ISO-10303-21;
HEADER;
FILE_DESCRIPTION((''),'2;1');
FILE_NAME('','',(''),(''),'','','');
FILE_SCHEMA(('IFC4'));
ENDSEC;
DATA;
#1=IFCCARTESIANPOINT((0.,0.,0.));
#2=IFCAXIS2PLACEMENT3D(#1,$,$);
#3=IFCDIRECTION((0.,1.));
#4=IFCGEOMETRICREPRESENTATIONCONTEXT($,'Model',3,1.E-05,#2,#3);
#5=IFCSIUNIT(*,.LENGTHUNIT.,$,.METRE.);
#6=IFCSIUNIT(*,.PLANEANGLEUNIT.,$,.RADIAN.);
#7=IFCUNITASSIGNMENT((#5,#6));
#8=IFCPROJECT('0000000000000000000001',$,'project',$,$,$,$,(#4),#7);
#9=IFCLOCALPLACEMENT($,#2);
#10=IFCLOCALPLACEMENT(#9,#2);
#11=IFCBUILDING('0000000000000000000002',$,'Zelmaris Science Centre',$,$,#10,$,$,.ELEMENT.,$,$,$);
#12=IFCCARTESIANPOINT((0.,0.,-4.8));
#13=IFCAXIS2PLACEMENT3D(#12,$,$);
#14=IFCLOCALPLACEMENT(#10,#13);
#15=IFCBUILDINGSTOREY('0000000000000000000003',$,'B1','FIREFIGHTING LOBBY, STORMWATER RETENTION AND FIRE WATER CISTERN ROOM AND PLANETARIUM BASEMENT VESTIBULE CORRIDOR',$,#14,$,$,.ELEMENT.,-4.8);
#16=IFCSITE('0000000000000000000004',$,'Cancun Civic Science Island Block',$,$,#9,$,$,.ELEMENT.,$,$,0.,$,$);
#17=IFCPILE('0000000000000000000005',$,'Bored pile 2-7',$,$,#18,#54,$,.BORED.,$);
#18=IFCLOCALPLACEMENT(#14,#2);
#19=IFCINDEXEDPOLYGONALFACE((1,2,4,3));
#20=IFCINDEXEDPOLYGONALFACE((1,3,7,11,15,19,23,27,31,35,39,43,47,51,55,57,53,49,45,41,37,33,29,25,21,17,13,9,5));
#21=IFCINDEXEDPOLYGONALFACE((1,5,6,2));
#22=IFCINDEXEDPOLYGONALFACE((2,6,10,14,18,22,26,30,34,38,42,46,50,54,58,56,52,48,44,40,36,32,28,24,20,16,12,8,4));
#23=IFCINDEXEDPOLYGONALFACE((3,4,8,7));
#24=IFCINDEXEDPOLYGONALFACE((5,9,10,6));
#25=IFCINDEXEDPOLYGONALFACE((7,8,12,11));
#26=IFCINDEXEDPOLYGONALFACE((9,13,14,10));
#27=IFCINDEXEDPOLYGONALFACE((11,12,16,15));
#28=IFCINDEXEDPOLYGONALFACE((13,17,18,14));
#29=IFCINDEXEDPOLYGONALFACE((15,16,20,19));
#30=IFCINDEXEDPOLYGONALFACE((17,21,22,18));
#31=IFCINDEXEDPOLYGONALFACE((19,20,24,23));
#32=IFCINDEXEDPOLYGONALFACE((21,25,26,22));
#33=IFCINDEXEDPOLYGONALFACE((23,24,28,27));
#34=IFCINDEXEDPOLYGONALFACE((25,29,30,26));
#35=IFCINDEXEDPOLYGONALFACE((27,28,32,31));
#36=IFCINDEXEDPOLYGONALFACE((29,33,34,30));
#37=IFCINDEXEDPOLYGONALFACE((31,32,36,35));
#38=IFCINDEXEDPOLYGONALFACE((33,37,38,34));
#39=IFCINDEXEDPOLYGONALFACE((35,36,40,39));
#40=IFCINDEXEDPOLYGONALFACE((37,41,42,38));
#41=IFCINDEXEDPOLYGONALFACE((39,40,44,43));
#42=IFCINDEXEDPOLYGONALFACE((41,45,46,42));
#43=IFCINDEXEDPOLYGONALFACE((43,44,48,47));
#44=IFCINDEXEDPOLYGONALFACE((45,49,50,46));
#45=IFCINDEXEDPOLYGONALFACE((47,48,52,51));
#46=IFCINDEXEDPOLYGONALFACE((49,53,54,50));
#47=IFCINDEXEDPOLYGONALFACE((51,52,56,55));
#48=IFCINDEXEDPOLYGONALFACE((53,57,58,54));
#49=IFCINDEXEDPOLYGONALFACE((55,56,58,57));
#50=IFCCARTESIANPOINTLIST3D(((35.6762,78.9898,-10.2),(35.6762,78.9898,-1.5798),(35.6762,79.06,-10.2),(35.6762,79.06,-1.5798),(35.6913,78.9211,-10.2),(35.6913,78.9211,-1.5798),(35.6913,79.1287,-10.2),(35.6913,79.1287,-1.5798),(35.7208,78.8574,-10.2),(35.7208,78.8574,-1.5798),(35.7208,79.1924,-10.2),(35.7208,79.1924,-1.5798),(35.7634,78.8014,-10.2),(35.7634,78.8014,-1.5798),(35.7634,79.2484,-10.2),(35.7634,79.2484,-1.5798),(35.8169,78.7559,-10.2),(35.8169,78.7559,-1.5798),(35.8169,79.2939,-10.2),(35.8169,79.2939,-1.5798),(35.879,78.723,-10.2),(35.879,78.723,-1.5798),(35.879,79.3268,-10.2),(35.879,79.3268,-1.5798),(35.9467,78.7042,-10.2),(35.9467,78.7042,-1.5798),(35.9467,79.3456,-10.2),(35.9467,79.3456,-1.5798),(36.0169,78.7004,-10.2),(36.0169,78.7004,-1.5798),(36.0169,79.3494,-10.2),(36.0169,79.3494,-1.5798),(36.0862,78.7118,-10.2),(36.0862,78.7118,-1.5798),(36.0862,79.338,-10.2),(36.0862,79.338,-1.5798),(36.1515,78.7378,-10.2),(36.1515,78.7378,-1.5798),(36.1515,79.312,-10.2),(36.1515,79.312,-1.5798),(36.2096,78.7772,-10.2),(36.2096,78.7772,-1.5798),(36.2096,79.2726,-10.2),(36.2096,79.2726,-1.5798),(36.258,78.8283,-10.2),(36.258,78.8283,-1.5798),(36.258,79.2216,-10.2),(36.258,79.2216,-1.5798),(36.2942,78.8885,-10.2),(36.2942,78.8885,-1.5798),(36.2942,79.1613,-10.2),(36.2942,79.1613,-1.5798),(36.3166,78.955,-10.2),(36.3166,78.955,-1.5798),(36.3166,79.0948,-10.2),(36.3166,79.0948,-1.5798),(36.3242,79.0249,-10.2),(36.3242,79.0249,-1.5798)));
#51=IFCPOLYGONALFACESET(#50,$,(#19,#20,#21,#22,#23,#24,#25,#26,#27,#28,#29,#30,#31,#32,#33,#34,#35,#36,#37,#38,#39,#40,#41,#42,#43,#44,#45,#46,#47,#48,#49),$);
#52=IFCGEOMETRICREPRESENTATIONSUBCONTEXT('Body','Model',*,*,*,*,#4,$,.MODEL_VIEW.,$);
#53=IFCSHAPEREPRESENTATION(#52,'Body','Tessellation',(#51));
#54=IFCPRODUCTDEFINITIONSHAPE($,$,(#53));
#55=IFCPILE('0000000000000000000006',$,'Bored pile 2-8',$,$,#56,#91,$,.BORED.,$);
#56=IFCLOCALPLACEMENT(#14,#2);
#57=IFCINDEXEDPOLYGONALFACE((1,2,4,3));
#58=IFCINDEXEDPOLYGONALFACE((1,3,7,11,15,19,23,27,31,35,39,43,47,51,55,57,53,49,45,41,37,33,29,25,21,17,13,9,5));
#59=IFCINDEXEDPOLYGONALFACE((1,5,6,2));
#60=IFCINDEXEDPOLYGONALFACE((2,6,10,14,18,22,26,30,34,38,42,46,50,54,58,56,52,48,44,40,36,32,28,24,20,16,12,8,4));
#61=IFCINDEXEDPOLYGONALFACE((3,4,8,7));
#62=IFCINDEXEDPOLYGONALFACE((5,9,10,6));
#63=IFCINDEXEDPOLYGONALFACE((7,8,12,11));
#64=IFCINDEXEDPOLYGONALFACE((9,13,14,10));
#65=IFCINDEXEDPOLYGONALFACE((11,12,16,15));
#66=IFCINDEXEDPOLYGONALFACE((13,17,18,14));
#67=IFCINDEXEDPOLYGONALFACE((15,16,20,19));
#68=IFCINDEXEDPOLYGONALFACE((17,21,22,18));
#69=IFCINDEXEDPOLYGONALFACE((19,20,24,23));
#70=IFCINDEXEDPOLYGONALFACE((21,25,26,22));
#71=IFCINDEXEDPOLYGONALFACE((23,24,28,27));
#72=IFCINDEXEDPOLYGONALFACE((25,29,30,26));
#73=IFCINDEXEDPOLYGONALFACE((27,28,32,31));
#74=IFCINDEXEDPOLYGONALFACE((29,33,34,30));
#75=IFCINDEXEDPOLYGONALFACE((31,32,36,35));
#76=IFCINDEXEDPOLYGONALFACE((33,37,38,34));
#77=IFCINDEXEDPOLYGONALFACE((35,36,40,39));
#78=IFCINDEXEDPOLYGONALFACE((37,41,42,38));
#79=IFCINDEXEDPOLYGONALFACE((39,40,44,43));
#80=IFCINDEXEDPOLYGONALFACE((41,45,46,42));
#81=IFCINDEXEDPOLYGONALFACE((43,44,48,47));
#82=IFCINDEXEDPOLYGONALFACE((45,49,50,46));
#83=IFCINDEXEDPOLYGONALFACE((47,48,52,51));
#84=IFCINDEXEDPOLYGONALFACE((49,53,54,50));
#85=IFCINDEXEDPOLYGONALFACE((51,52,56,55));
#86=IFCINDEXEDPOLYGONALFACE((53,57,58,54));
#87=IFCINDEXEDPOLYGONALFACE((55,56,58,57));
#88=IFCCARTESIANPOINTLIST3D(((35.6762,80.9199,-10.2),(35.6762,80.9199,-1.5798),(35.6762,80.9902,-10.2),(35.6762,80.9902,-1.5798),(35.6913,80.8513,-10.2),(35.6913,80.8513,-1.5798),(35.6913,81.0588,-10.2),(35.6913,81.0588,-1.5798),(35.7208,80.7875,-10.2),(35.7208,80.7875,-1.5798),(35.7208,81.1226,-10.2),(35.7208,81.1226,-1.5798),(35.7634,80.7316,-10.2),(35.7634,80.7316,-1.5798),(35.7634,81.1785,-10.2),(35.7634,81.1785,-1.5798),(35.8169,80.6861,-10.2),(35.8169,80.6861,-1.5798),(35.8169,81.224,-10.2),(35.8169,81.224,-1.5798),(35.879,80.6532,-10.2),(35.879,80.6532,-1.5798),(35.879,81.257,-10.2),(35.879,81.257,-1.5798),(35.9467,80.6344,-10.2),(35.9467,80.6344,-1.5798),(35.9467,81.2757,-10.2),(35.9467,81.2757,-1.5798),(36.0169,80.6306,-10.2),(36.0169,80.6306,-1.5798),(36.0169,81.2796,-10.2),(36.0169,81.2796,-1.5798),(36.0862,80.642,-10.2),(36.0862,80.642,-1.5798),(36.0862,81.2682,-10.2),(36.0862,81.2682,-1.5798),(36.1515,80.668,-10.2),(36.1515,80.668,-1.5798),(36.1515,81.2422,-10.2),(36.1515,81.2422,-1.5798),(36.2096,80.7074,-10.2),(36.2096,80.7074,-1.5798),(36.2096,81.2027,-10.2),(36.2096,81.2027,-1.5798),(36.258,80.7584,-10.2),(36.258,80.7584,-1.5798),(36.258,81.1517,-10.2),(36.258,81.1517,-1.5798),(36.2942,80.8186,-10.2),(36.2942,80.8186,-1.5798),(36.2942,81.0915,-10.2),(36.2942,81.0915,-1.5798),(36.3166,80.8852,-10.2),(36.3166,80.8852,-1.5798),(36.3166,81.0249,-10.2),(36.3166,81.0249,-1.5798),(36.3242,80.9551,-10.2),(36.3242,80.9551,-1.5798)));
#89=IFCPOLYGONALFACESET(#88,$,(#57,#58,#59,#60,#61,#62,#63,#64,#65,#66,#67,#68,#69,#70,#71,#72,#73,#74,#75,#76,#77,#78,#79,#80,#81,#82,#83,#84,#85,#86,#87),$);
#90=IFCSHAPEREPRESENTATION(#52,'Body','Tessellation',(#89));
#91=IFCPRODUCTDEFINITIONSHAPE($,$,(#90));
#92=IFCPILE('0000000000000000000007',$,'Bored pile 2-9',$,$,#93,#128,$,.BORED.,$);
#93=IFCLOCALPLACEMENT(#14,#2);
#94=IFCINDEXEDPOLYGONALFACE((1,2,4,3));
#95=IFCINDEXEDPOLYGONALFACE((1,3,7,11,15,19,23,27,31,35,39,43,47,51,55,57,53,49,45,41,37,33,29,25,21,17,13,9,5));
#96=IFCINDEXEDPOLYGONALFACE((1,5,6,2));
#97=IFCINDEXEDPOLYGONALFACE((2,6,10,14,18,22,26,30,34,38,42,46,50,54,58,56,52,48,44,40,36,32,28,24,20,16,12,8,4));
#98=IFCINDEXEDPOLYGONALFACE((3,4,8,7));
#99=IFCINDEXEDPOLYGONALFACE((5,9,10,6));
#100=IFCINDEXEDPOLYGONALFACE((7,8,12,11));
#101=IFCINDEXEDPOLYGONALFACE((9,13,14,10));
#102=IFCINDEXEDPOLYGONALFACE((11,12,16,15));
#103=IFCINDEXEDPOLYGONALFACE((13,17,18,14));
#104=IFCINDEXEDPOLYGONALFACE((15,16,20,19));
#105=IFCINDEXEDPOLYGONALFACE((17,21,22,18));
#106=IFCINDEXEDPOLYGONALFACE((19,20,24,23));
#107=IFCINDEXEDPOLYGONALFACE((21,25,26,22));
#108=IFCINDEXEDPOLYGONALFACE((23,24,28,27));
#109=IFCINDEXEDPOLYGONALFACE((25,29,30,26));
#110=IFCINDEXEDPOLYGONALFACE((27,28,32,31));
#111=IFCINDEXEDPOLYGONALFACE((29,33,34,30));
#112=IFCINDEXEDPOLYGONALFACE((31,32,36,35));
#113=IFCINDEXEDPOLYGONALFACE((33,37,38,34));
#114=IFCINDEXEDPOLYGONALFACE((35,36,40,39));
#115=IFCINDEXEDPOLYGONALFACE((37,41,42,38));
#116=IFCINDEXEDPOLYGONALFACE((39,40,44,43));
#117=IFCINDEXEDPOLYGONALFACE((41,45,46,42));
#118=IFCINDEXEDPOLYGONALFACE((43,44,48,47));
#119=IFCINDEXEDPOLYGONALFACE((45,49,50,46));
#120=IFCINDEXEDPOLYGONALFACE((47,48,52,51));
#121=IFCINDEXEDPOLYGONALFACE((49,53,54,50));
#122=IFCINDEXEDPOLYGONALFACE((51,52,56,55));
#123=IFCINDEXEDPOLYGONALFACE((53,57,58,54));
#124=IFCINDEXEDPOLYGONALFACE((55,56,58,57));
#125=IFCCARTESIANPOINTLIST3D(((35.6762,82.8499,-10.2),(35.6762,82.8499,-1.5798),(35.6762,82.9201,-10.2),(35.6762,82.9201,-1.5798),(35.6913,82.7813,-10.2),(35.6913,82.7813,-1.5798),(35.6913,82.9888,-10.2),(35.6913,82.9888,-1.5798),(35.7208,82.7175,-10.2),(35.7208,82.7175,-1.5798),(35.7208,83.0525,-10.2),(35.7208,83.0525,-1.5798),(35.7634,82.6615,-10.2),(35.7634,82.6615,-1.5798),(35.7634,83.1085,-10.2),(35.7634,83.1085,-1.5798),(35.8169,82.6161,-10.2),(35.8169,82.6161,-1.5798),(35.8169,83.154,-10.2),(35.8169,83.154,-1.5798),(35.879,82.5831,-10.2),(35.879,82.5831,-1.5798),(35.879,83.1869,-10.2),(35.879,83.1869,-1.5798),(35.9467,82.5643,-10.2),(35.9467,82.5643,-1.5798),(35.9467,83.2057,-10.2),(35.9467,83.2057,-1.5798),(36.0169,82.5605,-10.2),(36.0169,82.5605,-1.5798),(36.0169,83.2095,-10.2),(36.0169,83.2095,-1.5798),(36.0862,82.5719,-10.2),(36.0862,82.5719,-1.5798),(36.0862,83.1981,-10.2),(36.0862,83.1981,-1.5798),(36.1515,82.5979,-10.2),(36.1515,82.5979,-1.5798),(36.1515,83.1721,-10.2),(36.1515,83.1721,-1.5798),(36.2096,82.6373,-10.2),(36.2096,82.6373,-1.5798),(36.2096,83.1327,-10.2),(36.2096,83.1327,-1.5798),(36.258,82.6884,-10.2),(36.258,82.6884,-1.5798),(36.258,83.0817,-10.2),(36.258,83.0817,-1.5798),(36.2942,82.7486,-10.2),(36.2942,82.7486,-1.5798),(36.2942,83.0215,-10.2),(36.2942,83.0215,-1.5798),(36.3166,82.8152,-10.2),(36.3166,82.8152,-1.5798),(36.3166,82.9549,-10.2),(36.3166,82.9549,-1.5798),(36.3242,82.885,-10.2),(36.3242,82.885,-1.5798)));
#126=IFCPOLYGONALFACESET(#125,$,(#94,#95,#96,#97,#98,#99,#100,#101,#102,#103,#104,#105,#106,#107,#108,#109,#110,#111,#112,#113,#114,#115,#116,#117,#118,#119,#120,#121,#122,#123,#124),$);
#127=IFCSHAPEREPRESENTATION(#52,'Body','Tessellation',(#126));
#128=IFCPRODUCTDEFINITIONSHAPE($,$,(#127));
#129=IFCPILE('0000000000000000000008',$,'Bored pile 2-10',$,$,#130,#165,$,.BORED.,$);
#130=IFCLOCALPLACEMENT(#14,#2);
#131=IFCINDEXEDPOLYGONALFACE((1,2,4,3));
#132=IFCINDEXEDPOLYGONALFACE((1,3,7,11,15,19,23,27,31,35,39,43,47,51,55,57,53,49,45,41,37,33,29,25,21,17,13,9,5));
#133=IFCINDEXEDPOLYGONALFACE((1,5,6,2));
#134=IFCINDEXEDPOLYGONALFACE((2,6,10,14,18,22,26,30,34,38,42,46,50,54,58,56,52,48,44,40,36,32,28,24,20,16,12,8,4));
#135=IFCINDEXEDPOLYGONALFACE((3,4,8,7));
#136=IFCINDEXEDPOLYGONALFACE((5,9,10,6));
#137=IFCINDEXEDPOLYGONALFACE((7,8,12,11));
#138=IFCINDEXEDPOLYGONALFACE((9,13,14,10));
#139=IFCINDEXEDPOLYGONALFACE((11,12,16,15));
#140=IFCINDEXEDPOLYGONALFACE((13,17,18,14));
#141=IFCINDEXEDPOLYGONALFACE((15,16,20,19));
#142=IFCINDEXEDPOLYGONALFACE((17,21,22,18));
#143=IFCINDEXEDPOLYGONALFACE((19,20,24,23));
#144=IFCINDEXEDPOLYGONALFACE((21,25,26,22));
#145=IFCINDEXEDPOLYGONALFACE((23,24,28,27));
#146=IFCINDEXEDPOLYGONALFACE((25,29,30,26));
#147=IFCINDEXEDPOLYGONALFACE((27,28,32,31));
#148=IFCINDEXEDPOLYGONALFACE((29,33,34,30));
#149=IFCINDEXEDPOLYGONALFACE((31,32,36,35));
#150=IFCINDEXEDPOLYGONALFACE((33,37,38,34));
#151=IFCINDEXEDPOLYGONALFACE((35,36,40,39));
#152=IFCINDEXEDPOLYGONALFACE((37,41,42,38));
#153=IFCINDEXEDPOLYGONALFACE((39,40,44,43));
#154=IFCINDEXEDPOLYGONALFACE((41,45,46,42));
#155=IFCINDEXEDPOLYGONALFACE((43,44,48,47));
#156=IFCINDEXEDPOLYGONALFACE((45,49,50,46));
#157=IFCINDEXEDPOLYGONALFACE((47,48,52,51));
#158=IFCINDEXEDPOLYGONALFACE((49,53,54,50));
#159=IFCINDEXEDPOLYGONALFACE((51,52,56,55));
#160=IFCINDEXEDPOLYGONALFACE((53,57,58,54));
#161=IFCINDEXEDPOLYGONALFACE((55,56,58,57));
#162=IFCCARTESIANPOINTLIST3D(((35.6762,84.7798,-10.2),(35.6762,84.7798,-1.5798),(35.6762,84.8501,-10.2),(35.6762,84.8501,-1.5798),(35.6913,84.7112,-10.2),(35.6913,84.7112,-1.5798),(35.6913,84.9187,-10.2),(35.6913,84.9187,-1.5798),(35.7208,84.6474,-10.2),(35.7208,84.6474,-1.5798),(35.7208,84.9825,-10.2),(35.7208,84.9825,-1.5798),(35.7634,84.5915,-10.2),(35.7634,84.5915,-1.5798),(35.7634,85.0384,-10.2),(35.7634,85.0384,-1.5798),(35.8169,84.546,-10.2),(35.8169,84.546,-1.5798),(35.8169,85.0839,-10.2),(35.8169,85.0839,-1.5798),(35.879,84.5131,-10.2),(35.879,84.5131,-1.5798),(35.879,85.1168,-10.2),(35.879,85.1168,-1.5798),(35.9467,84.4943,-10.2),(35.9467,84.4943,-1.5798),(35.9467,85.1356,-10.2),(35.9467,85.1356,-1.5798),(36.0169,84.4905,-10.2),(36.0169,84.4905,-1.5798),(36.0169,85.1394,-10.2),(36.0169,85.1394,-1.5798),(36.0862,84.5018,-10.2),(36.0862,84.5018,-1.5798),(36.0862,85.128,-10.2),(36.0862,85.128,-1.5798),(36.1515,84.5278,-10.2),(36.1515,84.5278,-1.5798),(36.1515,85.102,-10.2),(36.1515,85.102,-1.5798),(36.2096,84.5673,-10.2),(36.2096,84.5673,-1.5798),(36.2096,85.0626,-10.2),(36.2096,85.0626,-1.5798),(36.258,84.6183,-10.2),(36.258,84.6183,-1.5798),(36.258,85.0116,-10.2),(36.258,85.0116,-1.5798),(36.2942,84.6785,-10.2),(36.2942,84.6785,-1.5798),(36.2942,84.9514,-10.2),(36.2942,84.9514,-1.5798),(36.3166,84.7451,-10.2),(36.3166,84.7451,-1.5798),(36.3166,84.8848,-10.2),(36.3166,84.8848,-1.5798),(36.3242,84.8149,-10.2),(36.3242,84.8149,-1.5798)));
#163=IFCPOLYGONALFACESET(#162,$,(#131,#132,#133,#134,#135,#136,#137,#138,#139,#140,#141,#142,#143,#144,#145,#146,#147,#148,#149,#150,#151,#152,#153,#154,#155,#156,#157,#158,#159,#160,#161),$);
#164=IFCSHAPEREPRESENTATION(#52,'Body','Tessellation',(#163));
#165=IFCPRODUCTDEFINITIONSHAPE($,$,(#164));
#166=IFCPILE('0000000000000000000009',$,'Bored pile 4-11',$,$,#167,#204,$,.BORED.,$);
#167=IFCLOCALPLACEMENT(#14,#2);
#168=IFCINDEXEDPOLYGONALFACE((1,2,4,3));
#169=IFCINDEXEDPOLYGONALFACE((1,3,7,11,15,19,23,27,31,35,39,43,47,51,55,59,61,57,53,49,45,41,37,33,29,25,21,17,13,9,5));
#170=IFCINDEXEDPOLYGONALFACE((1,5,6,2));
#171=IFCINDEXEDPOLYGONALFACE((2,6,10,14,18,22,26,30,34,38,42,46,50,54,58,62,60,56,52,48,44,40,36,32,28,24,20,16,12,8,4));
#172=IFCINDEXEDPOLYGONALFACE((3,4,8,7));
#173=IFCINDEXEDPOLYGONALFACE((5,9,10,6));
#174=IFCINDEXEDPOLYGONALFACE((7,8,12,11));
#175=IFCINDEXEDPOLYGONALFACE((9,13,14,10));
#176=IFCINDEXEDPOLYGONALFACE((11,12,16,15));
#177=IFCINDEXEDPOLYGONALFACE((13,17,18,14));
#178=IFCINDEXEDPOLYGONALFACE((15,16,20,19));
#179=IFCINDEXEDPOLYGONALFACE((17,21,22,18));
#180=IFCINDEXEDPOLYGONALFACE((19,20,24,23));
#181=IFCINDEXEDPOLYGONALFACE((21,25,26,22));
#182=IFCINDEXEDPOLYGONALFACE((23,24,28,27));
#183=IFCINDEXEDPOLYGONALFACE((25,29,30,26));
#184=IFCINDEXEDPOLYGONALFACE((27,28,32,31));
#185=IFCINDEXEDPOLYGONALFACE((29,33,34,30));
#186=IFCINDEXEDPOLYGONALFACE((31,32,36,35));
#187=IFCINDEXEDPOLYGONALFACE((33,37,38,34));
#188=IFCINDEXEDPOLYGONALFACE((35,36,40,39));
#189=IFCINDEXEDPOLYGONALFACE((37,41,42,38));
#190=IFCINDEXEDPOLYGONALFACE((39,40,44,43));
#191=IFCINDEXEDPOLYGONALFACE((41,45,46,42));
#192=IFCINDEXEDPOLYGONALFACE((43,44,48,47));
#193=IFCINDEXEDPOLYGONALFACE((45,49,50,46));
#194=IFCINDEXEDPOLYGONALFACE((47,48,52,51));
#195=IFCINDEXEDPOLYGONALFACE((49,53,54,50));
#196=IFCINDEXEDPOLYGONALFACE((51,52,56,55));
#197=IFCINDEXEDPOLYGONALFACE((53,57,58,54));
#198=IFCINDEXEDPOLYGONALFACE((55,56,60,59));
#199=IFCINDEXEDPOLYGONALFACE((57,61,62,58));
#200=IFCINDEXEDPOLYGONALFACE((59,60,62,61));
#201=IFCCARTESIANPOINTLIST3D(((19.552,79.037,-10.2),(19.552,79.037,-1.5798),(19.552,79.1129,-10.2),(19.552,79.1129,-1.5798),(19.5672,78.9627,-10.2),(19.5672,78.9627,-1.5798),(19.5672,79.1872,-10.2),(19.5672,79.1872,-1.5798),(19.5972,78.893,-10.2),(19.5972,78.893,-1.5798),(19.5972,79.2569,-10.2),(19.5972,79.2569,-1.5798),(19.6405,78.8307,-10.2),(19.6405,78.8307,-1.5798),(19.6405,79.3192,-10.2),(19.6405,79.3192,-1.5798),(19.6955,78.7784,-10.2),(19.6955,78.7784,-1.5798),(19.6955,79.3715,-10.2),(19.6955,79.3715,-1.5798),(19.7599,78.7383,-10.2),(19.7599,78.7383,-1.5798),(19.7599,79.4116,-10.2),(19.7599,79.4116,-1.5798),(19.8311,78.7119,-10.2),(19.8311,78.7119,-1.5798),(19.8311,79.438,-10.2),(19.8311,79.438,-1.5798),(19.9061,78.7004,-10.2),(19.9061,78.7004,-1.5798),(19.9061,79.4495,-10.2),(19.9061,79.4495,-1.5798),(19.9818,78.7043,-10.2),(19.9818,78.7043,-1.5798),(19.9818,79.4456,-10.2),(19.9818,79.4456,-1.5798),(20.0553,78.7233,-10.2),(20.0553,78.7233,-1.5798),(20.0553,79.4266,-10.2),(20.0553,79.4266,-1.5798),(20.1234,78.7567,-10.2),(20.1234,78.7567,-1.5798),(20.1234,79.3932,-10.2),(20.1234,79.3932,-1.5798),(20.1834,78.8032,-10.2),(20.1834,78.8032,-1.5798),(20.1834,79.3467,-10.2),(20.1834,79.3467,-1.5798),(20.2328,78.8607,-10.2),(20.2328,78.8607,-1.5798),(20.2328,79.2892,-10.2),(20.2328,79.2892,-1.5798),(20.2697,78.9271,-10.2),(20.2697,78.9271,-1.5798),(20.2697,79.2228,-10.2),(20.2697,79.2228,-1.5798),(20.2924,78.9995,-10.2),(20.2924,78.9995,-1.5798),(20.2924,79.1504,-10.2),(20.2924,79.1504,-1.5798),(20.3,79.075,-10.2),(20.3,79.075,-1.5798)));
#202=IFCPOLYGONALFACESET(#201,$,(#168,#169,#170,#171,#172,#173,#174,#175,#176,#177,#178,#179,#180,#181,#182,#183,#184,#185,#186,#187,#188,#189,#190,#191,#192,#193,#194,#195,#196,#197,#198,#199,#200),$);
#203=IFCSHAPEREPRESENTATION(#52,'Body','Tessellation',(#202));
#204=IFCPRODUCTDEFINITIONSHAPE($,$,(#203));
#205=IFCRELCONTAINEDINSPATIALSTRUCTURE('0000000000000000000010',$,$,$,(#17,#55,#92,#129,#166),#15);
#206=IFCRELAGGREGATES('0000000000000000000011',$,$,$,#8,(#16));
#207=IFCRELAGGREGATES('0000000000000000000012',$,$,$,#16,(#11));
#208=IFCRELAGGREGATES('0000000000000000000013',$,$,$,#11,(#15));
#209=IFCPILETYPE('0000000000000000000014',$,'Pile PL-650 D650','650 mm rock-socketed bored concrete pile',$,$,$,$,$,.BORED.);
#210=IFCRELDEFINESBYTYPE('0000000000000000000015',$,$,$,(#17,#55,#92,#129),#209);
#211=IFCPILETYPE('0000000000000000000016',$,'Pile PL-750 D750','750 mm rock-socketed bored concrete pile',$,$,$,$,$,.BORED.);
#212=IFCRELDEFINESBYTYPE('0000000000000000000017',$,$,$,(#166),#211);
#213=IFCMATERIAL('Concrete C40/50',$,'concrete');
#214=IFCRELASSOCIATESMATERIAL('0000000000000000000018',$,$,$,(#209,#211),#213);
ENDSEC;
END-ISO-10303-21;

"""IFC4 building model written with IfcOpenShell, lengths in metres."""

from ifc_helpers import new_model, si_unit, direction, frame, origin, origin_2d, place, context, subcontext, project, spatial, circle, extrude, material, material_profile, profile_set, type_object, element, save


model = new_model("IFC4")

# Units and contexts
model_context = context("Model", 3, precision=1e-05, world=origin(), true_north=direction((0.0, 1.0)))
body_context = subcontext(model_context, "Body", "Model", "MODEL_VIEW")
ifc_project = project(units=[si_unit("LENGTHUNIT", "METRE"), si_unit("PLANEANGLEUNIT", "RADIAN")], contexts=[model_context])

# Site, building, storey
site_placement = place(None, origin())
site = spatial("IfcSite", under=ifc_project, at=site_placement, Name="Cancun Civic Science Island Block", CompositionType="ELEMENT", RefElevation=0.0)
building_placement = place(site_placement, origin())
building = spatial("IfcBuilding", under=site, at=building_placement, Name="Zelmaris Science Centre", CompositionType="ELEMENT")
storey_placement = place(building_placement, frame((0.0, 0.0, -4.8)))
storey = spatial("IfcBuildingStorey", under=building, at=storey_placement, Name="B1", Description="FIREFIGHTING LOBBY, STORMWATER RETENTION AND FIRE WATER CISTERN ROOM AND PLANETARIUM BASEMENT VESTIBULE CORRIDOR", CompositionType="ELEMENT", Elevation=-4.8)

# Shared definitions
ifc_material_1 = material(Name="Concrete C40/50", Category="concrete")

# Piles
ifc_material_profile_1 = material_profile(ifc_material_1, circle(Radius=0.325, at=origin_2d()), Name="PILE-650")
ifc_profile_set_1 = profile_set([ifc_material_profile_1], Name="Concrete C40/50")
pile_type_1 = type_object("IfcPileType", Name="Pile PL-650 D650", Description="650 mm rock-socketed bored concrete pile", PredefinedType="BORED", material=ifc_profile_set_1)
for number, where, z_axis, x_axis, name in (
    (1, (35.9993, 79.0249, -1.5798), (0.0, 0.0, -1.0), (1.0, 0.0, 0.0), "Bored pile 2-7"),
    (2, (35.9993, 80.9551, -1.5798), (0.0, 0.0, -1.0), (1.0, 0.0, 0.0), "Bored pile 2-8"),
    (3, (35.9993, 82.885, -1.5798), (0.0, 0.0, -1.0), (1.0, 0.0, 0.0), "Bored pile 2-9"),
    (4, (35.9993, 84.8149, -1.5798), (0.0, 0.0, -1.0), (1.0, 0.0, 0.0), "Bored pile 2-10"),
):
    element("IfcPile", number, at=place(storey_placement, frame(where, z_axis=z_axis, x_axis=x_axis)), inside=storey, type_object=pile_type_1, Name=name, PredefinedType="BORED", context=body_context, shape_type="SweptSolid", body=[
        extrude(circle(Radius=0.325, at=origin_2d()), origin(), (0.0, 0.0, 1.0), 8.6201),
    ])
ifc_material_profile_2 = material_profile(ifc_material_1, circle(Radius=0.375, at=origin_2d()), Name="PILE-750")
ifc_profile_set_2 = profile_set([ifc_material_profile_2], Name="Concrete C40/50")
pile_type_2 = type_object("IfcPileType", Name="Pile PL-750 D750", Description="750 mm rock-socketed bored concrete pile", PredefinedType="BORED", material=ifc_profile_set_2)
for number, where, z_axis, x_axis, name in (
    (5, (19.925, 79.075, -1.5798), (0.0, 0.0, -1.0), (1.0, 0.0, 0.0), "Bored pile 4-11"),
):
    element("IfcPile", number, at=place(storey_placement, frame(where, z_axis=z_axis, x_axis=x_axis)), inside=storey, type_object=pile_type_2, Name=name, PredefinedType="BORED", context=body_context, shape_type="SweptSolid", body=[
        extrude(circle(Radius=0.375, at=origin_2d()), origin(), (0.0, 0.0, 1.0), 8.6201),
    ])

save(model, "model.ifc")
